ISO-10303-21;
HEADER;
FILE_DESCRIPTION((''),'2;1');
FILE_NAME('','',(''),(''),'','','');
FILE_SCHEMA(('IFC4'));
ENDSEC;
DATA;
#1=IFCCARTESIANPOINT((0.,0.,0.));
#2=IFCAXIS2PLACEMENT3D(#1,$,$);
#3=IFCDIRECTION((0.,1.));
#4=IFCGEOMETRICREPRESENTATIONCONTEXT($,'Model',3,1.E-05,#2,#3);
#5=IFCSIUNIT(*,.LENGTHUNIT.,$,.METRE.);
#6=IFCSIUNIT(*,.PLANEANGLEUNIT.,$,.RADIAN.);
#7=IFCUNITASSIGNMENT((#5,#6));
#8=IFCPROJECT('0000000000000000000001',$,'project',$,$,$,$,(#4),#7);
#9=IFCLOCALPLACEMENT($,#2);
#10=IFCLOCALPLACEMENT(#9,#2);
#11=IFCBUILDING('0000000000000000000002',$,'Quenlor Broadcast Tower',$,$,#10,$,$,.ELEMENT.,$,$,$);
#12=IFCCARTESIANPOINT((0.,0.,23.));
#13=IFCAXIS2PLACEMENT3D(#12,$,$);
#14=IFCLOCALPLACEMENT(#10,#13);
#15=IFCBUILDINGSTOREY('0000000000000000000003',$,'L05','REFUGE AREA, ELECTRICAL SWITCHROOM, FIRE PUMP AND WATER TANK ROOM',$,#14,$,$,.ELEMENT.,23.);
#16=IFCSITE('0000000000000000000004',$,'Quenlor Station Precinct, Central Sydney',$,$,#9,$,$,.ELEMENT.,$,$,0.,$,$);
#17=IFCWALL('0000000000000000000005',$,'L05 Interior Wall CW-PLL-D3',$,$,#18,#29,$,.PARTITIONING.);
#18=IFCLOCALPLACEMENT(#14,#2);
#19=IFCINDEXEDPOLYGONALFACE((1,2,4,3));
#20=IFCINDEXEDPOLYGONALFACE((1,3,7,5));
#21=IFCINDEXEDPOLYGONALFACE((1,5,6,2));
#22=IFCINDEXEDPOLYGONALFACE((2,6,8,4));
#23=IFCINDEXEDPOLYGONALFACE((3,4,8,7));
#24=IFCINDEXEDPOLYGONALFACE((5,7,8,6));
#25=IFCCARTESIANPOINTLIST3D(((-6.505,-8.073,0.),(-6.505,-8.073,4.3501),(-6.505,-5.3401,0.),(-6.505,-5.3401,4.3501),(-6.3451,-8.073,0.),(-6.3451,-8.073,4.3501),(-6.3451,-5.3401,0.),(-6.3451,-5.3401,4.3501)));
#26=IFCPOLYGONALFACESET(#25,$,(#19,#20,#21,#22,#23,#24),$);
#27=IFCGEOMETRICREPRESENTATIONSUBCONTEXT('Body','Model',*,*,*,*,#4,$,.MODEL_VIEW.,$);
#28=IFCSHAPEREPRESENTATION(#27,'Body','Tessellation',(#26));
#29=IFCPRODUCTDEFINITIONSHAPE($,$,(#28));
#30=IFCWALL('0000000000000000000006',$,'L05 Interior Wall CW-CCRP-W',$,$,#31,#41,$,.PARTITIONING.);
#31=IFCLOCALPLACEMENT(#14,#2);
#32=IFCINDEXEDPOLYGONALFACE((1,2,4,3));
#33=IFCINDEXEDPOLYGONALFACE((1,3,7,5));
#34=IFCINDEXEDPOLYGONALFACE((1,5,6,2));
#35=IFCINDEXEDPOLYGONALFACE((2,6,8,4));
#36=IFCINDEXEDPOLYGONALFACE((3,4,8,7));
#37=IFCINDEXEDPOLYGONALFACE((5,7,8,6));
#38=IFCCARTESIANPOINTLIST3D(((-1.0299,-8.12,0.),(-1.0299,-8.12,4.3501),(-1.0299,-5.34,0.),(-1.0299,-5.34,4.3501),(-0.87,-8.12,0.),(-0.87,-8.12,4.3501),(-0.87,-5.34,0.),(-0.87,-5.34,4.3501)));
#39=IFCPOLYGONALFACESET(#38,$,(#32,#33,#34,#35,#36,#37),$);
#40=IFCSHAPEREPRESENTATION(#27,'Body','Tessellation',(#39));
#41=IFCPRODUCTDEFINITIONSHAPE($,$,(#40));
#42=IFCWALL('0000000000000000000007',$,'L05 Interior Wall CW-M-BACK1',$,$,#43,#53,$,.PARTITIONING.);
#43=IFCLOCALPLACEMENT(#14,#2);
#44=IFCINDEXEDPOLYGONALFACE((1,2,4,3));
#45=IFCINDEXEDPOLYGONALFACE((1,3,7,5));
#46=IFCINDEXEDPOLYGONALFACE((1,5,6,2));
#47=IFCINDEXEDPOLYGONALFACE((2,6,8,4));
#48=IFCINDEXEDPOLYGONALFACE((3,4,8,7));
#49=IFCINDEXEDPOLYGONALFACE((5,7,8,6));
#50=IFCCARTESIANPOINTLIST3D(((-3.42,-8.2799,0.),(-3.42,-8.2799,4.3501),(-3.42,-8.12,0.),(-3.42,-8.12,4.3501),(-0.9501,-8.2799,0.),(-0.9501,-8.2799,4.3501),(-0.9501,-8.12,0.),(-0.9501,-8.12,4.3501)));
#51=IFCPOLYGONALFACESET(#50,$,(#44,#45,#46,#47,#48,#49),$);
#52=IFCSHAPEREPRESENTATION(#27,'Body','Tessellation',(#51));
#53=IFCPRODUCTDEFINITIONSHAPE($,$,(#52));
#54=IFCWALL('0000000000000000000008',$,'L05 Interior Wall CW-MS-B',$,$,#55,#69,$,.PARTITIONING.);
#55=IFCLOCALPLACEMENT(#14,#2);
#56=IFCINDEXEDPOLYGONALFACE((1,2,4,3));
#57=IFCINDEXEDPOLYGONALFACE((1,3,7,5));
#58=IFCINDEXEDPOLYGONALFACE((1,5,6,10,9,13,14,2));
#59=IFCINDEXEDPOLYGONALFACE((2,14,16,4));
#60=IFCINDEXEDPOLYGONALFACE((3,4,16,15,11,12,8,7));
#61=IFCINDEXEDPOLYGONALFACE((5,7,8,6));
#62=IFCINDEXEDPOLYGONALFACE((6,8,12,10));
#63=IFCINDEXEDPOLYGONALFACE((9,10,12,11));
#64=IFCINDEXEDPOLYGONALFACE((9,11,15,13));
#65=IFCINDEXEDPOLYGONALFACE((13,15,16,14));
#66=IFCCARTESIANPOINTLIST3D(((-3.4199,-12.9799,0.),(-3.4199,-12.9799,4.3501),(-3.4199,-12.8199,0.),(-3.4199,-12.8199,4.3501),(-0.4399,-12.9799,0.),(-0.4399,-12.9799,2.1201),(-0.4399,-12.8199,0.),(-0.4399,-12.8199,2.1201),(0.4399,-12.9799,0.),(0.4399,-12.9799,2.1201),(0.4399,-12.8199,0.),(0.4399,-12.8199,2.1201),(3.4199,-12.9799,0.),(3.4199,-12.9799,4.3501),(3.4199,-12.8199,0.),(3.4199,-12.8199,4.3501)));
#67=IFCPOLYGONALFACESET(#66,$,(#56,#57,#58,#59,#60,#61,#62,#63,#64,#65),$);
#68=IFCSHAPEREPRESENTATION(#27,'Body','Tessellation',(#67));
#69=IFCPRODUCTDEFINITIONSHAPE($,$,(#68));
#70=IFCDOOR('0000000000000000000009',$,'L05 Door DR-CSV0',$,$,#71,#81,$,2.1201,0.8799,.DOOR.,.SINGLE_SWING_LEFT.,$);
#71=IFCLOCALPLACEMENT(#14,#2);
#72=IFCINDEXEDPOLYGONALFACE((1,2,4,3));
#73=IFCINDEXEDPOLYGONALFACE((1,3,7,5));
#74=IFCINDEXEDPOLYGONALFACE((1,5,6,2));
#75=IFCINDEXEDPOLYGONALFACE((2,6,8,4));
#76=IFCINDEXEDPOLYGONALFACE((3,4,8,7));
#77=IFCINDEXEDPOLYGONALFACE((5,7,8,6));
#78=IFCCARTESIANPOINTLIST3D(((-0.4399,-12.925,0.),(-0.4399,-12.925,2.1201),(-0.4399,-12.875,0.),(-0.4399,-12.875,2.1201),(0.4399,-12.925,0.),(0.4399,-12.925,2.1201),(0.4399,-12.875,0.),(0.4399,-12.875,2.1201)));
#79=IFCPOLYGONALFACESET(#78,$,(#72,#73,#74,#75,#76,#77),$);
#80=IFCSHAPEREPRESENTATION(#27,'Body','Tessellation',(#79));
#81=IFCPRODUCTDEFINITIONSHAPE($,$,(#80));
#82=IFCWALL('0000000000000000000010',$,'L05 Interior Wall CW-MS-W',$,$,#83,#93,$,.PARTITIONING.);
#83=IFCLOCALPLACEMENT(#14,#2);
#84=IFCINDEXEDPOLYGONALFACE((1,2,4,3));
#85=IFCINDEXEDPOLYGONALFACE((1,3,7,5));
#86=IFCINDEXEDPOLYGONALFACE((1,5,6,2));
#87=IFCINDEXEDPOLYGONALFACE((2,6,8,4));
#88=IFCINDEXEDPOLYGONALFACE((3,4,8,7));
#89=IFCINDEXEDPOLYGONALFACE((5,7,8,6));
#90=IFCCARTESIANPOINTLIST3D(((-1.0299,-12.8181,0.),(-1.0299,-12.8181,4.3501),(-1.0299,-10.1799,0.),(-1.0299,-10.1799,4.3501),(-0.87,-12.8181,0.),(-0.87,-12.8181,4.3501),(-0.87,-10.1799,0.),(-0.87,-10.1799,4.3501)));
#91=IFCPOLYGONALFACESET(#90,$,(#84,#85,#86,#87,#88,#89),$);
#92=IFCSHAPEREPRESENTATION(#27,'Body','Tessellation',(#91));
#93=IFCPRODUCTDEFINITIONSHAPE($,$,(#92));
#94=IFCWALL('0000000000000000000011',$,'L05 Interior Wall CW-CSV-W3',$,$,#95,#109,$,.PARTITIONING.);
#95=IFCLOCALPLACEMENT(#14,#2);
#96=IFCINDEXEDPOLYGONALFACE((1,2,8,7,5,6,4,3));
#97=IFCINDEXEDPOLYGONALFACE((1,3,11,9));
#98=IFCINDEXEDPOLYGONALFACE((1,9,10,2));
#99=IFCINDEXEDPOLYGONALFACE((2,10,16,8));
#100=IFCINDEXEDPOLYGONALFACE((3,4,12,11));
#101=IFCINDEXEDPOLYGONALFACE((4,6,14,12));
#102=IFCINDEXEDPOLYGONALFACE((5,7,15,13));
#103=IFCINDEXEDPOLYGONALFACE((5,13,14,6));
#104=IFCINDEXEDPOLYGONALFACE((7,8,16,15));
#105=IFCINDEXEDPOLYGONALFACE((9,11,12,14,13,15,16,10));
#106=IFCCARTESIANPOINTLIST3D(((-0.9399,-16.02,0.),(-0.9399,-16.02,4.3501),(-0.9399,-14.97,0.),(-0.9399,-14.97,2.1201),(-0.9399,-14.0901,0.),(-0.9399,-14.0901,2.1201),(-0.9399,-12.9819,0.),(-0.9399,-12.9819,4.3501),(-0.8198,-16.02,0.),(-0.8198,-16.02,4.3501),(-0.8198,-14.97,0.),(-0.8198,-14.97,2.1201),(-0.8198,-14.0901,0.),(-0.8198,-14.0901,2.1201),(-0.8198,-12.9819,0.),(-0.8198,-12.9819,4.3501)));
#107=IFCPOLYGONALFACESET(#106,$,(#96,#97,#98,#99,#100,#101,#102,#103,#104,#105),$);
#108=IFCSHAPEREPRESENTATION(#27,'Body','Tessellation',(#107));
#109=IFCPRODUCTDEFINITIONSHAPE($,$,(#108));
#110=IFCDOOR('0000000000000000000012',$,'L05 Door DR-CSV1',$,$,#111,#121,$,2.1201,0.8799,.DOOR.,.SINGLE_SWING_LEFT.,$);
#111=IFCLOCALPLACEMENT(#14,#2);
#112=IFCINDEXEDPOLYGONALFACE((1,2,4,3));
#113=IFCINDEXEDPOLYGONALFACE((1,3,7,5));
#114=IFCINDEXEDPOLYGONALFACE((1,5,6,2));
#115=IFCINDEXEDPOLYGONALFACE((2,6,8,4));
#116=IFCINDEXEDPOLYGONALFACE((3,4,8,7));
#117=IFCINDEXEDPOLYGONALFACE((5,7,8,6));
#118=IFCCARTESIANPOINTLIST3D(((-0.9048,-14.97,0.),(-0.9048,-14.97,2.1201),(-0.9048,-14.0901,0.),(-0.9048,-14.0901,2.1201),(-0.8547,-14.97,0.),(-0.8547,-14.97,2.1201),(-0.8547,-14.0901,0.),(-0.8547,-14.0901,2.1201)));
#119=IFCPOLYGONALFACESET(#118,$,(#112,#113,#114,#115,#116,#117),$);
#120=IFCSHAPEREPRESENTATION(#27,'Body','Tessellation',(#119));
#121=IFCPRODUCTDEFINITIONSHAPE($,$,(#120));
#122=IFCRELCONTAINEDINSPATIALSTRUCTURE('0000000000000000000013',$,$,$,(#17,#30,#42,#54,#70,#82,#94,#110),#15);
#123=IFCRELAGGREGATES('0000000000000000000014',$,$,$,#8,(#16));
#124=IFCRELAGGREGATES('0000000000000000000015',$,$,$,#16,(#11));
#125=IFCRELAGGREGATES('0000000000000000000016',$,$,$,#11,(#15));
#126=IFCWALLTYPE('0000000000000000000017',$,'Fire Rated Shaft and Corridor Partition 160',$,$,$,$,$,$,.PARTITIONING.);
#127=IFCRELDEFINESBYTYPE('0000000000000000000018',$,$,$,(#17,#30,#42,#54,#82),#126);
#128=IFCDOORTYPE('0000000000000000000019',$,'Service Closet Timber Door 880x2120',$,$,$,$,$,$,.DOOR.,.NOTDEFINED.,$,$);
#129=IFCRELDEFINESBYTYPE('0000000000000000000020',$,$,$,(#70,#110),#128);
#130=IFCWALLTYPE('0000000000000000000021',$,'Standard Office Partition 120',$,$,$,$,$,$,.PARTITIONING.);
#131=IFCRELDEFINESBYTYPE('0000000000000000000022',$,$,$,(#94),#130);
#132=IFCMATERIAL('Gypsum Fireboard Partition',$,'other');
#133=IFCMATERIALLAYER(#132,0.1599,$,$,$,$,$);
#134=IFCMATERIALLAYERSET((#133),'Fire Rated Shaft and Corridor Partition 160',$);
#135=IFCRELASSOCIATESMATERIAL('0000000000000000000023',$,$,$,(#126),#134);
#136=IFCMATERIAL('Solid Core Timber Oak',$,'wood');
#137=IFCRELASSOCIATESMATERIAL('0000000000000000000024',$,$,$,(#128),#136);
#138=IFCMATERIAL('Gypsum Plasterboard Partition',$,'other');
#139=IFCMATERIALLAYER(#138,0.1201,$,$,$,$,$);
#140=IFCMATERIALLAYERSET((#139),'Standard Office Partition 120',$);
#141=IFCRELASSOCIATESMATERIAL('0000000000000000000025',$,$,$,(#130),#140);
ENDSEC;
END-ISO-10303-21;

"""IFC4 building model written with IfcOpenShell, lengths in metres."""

from ifc_helpers import new_model, si_unit, direction, frame, frame_2d, origin, place, context, subcontext, project, spatial, rectangle, extrude, material, layer, layer_set, type_object, element, fill, save


model = new_model("IFC4")

# Units and contexts
model_context = context("Model", 3, precision=1e-05, world=origin(), true_north=direction((0.0, 1.0)))
body_context = subcontext(model_context, "Body", "Model", "MODEL_VIEW")
ifc_project = project(units=[si_unit("LENGTHUNIT", "METRE"), si_unit("PLANEANGLEUNIT", "RADIAN")], contexts=[model_context])

# Site, building, storey
site_placement = place(None, origin())
site = spatial("IfcSite", under=ifc_project, at=site_placement, Name="Quenlor Station Precinct, Central Sydney", CompositionType="ELEMENT", RefElevation=0.0)
building_placement = place(site_placement, origin())
building = spatial("IfcBuilding", under=site, at=building_placement, Name="Quenlor Broadcast Tower", CompositionType="ELEMENT")
storey_placement = place(building_placement, frame((0.0, 0.0, 23.0)))
storey = spatial("IfcBuildingStorey", under=building, at=storey_placement, Name="L05", Description="REFUGE AREA, ELECTRICAL SWITCHROOM, FIRE PUMP AND WATER TANK ROOM", CompositionType="ELEMENT", Elevation=23.0)

# Walls
ifc_material_1 = material(Name="Gypsum Fireboard Partition", Category="other")
ifc_layer_1 = layer(ifc_material_1, 0.1599)
ifc_layer_set_1 = layer_set([ifc_layer_1], Name="Fire Rated Shaft and Corridor Partition 160")
wall_type_1 = type_object("IfcWallType", Name="Fire Rated Shaft and Corridor Partition 160", PredefinedType="PARTITIONING", material=ifc_layer_set_1)
for number, where, z_axis, x_axis, name in (
    (1, (-6.425, -8.073, 0.0), (0.0, 0.0, 1.0), (0.0, 1.0, 0.0), "L05 Interior Wall CW-PLL-D3"),
):
    element("IfcWall", number, at=place(storey_placement, frame(where, z_axis=z_axis, x_axis=x_axis)), inside=storey, type_object=wall_type_1, Name=name, PredefinedType="PARTITIONING", context=body_context, shape_type="SweptSolid", body=[
        extrude(rectangle(XDim=2.7329, YDim=0.1599, at=frame_2d((1.3665, 0.0))), origin(), (0.0, 0.0, 1.0), 4.3501),
    ])
wall_1_placement = place(storey_placement, frame((-0.95, -8.1201, 0.0), z_axis=(0.0, 0.0, 1.0), x_axis=(0.0, 1.0, 0.0)))
element("IfcWall", 2, at=wall_1_placement, inside=storey, type_object=wall_type_1, Name="L05 Interior Wall CW-CCRP-W", PredefinedType="PARTITIONING", context=body_context, shape_type="SweptSolid", body=[
    extrude(rectangle(XDim=2.78, YDim=0.1599, at=frame_2d((1.3901, 0.0))), origin(), (0.0, 0.0, 1.0), 4.3501),
])
wall_2_placement = place(storey_placement, frame((-3.4199, -8.2, 0.0), z_axis=(0.0, 0.0, 1.0), x_axis=(1.0, 0.0, 0.0)))
element("IfcWall", 3, at=wall_2_placement, inside=storey, type_object=wall_type_1, Name="L05 Interior Wall CW-M-BACK1", PredefinedType="PARTITIONING", context=body_context, shape_type="SweptSolid", body=[
    extrude(rectangle(XDim=2.47, YDim=0.1599, at=frame_2d((1.2349, 0.0))), origin(), (0.0, 0.0, 1.0), 4.3501),
])

# Wall, opening, door
wall_3_placement = place(storey_placement, frame((-3.4199, -12.8999, 0.0), z_axis=(0.0, 0.0, 1.0), x_axis=(1.0, 0.0, 0.0)))
wall_3 = element("IfcWall", 4, at=wall_3_placement, inside=storey, type_object=wall_type_1, Name="L05 Interior Wall CW-MS-B", PredefinedType="PARTITIONING", context=body_context, shape_type="SweptSolid", body=[
    extrude(rectangle(XDim=6.8398, YDim=0.1599, at=frame_2d((3.4199, 0.0))), origin(), (0.0, 0.0, 1.0), 4.3501),
])
opening_1_placement = place(wall_3_placement, frame((2.98, 0.0, 0.0)))
opening_1 = element("IfcOpeningElement", 5, at=opening_1_placement, cuts=wall_3, PredefinedType="OPENING", context=body_context, shape_type="SweptSolid", body=[
    extrude(rectangle(XDim=0.8799, YDim=2.1201, at=frame_2d((0.4399, 1.0601))), frame((0.0, 0.0898, 0.0), z_axis=(0.0, -1.0, 0.0), x_axis=(1.0, 0.0, 0.0)), (0.0, 0.0, 1.0), 0.1799),
])
ifc_material_2 = material(Name="Solid Core Timber Oak", Category="wood")
door_type_1 = type_object("IfcDoorType", Name="Service Closet Timber Door 880x2120", OperationType="NOTDEFINED", PredefinedType="DOOR", material=ifc_material_2)
door_1_placement = place(opening_1_placement, origin())
door_1 = element("IfcDoor", 6, at=door_1_placement, inside=storey, type_object=door_type_1, Name="L05 Door DR-CSV0", OperationType="SINGLE_SWING_LEFT", OverallHeight=2.1201, OverallWidth=0.8799, PredefinedType="DOOR", context=body_context, shape_type="SweptSolid", body=[
    extrude(rectangle(XDim=0.8799, YDim=2.1201, at=frame_2d((0.4399, 1.0601))), frame((0.0, 0.0249, 0.0), z_axis=(0.0, -1.0, 0.0), x_axis=(1.0, 0.0, 0.0)), (0.0, 0.0, 1.0), 0.05),
])
fill(opening_1, door_1)

# Wall
wall_4_placement = place(storey_placement, frame((-0.95, -12.8181, 0.0), z_axis=(0.0, 0.0, 1.0), x_axis=(0.0, 1.0, 0.0)))
element("IfcWall", 7, at=wall_4_placement, inside=storey, type_object=wall_type_1, Name="L05 Interior Wall CW-MS-W", PredefinedType="PARTITIONING", context=body_context, shape_type="SweptSolid", body=[
    extrude(rectangle(XDim=2.6382, YDim=0.1599, at=frame_2d((1.3191, 0.0))), origin(), (0.0, 0.0, 1.0), 4.3501),
])

# Wall, opening, door
ifc_material_3 = material(Name="Gypsum Plasterboard Partition", Category="other")
ifc_layer_2 = layer(ifc_material_3, 0.1201)
ifc_layer_set_2 = layer_set([ifc_layer_2], Name="Standard Office Partition 120")
wall_type_2 = type_object("IfcWallType", Name="Standard Office Partition 120", PredefinedType="PARTITIONING", material=ifc_layer_set_2)
wall_5_placement = place(storey_placement, frame((-0.8799, -16.02, 0.0), z_axis=(0.0, 0.0, 1.0), x_axis=(0.0, 1.0, 0.0)))
wall_5 = element("IfcWall", 8, at=wall_5_placement, inside=storey, type_object=wall_type_2, Name="L05 Interior Wall CW-CSV-W3", PredefinedType="PARTITIONING", context=body_context, shape_type="SweptSolid", body=[
    extrude(rectangle(XDim=3.0381, YDim=0.1201, at=frame_2d((1.519, 0.0))), origin(), (0.0, 0.0, 1.0), 4.3501),
])
opening_2_placement = place(wall_5_placement, frame((1.05, 0.0, 0.0)))
opening_2 = element("IfcOpeningElement", 9, at=opening_2_placement, cuts=wall_5, PredefinedType="OPENING", context=body_context, shape_type="SweptSolid", body=[
    extrude(rectangle(XDim=0.8799, YDim=2.1201, at=frame_2d((0.4399, 1.0601))), frame((0.0, 0.0701, 0.0), z_axis=(0.0, -1.0, 0.0), x_axis=(1.0, 0.0, 0.0)), (0.0, 0.0, 1.0), 0.1401),
])
door_2_placement = place(opening_2_placement, origin())
door_2 = element("IfcDoor", 10, at=door_2_placement, inside=storey, type_object=door_type_1, Name="L05 Door DR-CSV1", OperationType="SINGLE_SWING_LEFT", OverallHeight=2.1201, OverallWidth=0.8799, PredefinedType="DOOR", context=body_context, shape_type="SweptSolid", body=[
    extrude(rectangle(XDim=0.8799, YDim=2.1201, at=frame_2d((0.4399, 1.0601))), frame((0.0, 0.0249, 0.0), z_axis=(0.0, -1.0, 0.0), x_axis=(1.0, 0.0, 0.0)), (0.0, 0.0, 1.0), 0.05),
])
fill(opening_2, door_2)

save(model, "model.ifc")
